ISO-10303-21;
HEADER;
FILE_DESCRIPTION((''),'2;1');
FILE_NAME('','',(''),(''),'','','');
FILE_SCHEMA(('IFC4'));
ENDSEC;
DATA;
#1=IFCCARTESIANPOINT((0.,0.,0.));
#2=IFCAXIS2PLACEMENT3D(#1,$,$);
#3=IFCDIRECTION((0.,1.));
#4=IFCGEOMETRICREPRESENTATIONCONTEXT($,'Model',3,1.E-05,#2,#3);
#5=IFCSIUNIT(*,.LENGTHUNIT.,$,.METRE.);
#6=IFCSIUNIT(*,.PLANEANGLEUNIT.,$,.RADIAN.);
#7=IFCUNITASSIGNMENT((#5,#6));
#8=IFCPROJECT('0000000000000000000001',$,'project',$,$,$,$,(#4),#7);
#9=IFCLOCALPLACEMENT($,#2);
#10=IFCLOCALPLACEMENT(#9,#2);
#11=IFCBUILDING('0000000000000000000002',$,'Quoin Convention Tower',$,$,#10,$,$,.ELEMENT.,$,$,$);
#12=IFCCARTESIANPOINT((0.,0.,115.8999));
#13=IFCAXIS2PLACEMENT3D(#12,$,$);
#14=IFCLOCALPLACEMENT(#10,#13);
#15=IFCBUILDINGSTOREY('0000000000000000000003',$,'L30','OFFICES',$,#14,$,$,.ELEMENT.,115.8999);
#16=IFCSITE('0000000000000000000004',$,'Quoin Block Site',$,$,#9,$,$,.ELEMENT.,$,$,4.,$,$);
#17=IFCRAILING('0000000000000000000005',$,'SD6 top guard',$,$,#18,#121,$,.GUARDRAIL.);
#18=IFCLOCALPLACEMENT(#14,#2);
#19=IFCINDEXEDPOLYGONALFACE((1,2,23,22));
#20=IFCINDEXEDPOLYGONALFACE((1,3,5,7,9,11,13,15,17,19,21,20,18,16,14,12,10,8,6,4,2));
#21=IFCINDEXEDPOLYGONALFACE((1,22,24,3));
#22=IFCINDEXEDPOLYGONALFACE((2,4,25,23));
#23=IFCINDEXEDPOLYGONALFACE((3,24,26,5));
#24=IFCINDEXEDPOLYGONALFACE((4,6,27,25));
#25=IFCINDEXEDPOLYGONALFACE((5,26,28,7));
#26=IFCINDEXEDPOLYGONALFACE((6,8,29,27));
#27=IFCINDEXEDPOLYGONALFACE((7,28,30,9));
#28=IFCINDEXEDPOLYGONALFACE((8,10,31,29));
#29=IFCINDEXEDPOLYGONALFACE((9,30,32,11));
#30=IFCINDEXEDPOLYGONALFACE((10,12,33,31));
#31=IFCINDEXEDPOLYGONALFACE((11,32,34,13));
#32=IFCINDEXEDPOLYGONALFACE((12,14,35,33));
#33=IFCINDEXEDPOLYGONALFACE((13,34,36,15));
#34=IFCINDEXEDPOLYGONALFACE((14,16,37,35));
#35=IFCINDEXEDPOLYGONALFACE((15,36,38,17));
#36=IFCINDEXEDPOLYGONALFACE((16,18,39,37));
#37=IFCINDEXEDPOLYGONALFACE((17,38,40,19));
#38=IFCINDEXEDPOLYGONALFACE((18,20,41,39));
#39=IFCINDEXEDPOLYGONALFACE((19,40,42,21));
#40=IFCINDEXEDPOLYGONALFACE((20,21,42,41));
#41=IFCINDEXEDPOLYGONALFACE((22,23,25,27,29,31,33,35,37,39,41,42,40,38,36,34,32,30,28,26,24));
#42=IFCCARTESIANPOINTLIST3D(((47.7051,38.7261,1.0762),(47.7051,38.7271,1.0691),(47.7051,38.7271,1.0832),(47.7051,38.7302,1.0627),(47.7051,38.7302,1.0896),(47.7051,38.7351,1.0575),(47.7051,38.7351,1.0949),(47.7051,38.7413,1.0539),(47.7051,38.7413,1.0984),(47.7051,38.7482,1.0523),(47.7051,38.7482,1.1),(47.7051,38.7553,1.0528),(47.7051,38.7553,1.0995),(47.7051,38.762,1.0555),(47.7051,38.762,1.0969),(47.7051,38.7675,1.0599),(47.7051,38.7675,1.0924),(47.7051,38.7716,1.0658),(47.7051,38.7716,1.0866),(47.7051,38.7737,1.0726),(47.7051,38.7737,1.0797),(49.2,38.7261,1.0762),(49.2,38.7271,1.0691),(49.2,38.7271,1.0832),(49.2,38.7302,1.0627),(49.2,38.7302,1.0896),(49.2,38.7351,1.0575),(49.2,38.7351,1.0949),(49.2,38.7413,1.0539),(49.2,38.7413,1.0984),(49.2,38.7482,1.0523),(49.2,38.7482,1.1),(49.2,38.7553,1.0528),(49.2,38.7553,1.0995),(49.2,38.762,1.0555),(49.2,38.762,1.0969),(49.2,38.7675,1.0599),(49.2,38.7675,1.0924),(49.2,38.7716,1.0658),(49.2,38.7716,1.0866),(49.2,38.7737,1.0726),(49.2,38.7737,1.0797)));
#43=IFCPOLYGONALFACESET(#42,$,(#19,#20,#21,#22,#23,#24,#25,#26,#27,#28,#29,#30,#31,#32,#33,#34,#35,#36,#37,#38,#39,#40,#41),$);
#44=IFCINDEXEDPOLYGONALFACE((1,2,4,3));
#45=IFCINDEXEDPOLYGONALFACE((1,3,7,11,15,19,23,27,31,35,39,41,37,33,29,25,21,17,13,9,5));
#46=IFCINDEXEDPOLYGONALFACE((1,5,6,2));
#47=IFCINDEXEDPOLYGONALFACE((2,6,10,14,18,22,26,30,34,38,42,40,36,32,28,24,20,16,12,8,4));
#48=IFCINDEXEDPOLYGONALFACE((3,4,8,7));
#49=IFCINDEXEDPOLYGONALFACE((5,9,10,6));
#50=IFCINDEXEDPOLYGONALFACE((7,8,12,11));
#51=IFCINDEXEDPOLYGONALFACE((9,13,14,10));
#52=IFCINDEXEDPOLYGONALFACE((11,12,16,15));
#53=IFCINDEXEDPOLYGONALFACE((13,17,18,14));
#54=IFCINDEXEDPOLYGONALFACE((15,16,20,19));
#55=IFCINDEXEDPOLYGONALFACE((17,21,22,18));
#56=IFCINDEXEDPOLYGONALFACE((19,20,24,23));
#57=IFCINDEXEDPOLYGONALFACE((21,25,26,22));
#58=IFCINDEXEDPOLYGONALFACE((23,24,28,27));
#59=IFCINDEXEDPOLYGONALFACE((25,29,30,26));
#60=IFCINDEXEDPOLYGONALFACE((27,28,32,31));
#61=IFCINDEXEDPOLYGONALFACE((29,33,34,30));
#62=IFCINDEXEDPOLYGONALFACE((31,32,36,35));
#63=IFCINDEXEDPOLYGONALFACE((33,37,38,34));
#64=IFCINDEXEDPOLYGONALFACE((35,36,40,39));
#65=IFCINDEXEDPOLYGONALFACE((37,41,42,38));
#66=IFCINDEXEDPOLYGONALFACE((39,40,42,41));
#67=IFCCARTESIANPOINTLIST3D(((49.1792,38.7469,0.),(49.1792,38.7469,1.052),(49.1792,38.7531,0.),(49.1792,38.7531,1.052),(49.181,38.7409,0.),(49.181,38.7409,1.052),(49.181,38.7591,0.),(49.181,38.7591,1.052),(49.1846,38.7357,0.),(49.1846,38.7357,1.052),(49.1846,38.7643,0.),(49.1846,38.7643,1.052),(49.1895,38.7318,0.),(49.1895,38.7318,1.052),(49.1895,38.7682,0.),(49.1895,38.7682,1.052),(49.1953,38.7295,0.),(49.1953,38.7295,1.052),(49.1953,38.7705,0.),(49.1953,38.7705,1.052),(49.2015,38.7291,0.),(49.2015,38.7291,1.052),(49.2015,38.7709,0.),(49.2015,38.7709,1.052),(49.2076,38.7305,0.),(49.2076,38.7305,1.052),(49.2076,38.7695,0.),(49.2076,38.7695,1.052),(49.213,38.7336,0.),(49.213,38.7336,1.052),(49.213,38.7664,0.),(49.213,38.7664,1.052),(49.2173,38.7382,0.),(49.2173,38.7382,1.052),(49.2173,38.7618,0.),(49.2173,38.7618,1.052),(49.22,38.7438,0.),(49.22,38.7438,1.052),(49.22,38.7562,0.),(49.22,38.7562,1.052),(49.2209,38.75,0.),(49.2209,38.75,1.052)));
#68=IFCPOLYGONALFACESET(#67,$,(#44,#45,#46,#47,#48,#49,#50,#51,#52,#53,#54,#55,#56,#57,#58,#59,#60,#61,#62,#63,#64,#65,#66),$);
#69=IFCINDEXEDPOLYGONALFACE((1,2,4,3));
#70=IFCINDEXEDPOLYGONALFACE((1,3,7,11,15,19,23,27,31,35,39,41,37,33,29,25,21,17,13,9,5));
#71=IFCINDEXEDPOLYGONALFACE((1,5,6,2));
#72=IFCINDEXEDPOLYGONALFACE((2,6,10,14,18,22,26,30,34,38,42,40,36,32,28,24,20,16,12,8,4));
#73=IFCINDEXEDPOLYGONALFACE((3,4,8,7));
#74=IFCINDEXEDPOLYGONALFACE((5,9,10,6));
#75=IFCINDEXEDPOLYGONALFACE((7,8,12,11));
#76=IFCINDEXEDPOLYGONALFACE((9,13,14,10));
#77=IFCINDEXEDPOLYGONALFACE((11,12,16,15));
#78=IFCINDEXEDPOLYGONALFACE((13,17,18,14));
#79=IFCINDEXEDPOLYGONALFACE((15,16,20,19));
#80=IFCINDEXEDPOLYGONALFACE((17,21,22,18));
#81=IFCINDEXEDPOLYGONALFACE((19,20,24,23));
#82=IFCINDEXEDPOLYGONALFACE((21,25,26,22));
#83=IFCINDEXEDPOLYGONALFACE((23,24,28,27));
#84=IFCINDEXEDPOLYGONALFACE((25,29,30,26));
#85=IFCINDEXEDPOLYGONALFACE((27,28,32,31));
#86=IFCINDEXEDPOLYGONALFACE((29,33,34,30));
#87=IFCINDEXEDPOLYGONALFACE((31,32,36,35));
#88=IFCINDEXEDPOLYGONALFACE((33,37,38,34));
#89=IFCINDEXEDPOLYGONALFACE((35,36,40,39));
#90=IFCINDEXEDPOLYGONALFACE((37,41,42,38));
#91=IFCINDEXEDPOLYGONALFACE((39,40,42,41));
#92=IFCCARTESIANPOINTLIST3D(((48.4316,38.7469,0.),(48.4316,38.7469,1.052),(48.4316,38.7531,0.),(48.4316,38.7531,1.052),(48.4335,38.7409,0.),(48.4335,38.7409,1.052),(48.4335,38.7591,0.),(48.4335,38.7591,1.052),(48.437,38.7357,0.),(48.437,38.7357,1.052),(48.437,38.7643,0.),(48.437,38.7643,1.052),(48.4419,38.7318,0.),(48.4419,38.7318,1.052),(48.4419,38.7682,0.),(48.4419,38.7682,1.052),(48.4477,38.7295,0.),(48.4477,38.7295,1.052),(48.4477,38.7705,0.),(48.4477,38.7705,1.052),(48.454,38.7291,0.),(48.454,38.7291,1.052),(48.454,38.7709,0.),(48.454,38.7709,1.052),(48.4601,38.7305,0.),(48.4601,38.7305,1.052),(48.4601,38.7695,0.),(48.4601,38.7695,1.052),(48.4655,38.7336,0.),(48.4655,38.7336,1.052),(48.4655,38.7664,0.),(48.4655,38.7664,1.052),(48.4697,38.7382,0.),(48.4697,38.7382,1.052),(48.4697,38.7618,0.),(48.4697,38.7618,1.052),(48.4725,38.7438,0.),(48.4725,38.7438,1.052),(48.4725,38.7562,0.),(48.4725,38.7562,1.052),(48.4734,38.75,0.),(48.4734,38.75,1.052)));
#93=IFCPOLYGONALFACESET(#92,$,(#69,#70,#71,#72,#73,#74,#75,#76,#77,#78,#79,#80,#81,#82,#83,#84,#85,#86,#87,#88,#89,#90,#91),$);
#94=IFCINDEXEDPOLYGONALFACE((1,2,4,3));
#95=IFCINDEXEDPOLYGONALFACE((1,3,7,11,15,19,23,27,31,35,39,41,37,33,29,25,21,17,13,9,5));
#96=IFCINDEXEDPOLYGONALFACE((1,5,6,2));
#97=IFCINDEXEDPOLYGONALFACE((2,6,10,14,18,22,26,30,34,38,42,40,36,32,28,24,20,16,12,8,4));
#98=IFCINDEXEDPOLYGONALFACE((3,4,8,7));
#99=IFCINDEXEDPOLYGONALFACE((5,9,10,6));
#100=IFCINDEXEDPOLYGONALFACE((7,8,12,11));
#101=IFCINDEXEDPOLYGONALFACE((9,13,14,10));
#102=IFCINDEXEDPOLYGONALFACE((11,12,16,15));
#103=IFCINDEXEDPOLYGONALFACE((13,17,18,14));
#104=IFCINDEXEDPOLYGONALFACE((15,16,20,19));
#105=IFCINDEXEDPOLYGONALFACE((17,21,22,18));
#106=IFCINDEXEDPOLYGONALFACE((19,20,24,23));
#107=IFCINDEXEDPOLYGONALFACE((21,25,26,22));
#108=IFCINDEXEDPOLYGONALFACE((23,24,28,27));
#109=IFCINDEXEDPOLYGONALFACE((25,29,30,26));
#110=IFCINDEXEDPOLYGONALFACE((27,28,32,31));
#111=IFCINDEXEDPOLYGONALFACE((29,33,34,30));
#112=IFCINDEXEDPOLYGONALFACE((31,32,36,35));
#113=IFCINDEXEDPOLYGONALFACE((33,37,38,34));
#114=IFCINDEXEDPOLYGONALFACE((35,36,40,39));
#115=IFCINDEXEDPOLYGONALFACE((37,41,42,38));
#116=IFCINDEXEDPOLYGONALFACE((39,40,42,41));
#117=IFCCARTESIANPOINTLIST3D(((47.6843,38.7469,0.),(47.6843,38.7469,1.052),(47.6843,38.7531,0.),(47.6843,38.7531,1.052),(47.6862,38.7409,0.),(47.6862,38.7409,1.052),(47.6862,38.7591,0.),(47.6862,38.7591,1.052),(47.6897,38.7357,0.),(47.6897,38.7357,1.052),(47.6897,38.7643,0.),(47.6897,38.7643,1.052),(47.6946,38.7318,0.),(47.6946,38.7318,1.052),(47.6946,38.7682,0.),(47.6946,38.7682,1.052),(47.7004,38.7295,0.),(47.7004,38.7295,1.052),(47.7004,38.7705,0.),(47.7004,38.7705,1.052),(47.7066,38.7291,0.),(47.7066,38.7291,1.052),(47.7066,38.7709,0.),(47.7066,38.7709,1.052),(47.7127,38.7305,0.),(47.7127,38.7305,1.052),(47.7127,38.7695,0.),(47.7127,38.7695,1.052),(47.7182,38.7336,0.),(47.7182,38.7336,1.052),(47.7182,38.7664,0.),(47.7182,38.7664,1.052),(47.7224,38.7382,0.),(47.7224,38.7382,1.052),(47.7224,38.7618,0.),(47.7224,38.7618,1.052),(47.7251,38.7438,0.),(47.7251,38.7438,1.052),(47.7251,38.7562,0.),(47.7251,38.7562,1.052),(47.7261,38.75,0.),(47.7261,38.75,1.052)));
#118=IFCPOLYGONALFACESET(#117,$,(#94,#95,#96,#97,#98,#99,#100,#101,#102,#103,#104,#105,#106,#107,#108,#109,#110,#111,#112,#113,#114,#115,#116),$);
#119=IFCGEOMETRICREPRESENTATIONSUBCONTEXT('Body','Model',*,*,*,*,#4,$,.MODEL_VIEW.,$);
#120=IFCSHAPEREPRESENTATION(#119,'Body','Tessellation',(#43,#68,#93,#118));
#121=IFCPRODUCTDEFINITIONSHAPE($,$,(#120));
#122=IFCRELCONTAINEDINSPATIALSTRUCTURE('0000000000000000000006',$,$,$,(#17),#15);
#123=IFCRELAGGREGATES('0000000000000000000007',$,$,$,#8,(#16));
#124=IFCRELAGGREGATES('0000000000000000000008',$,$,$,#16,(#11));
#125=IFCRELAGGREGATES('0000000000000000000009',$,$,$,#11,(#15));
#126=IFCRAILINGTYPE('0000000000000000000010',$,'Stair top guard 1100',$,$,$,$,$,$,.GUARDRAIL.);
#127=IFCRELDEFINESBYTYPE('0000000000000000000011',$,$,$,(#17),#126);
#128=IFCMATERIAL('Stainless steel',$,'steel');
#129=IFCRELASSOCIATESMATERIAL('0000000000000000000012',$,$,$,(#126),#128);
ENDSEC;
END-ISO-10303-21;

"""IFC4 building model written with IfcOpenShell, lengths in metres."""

from ifc_helpers import new_model, si_unit, direction, frame, origin, origin_2d, place, context, subcontext, project, spatial, circle, extrude, material, type_object, element, save


model = new_model("IFC4")

# Units and contexts
model_context = context("Model", 3, precision=1e-05, world=origin(), true_north=direction((0.0, 1.0)))
body_context = subcontext(model_context, "Body", "Model", "MODEL_VIEW")
ifc_project = project(units=[si_unit("LENGTHUNIT", "METRE"), si_unit("PLANEANGLEUNIT", "RADIAN")], contexts=[model_context])

# Site, building, storey
site_placement = place(None, origin())
site = spatial("IfcSite", under=ifc_project, at=site_placement, Name="Quoin Block Site", CompositionType="ELEMENT", RefElevation=4.0)
building_placement = place(site_placement, origin())
building = spatial("IfcBuilding", under=site, at=building_placement, Name="Quoin Convention Tower", CompositionType="ELEMENT")
storey_placement = place(building_placement, frame((0.0, 0.0, 115.8999)))
storey = spatial("IfcBuildingStorey", under=building, at=storey_placement, Name="L30", Description="OFFICES", CompositionType="ELEMENT", Elevation=115.8999)

# Railing
ifc_material_1 = material(Name="Stainless steel", Category="steel")
railing_type_1 = type_object("IfcRailingType", Name="Stair top guard 1100", PredefinedType="GUARDRAIL", material=ifc_material_1)
railing_1_placement = place(storey_placement, frame((49.2, 38.75, 0.0)))
element("IfcRailing", 1, at=railing_1_placement, inside=storey, type_object=railing_type_1, Name="SD6 top guard", PredefinedType="GUARDRAIL", context=body_context, shape_type="SweptSolid", body=[
    extrude(circle(Radius=0.0239, at=origin_2d()), frame((0.0, 0.0, 1.0762), z_axis=(-1.0, 0.0, 0.0), x_axis=(0.0, -1.0, 0.0)), (0.0, 0.0, 1.0), 1.4949),
    extrude(circle(Radius=0.021, at=origin_2d()), origin(), (0.0, 0.0, 1.0), 1.052),
    extrude(circle(Radius=0.021, at=origin_2d()), frame((-0.7476, 0.0, 0.0)), (0.0, 0.0, 1.0), 1.052),
    extrude(circle(Radius=0.021, at=origin_2d()), frame((-1.4949, 0.0, 0.0)), (0.0, 0.0, 1.0), 1.052),
])

save(model, "model.ifc")
